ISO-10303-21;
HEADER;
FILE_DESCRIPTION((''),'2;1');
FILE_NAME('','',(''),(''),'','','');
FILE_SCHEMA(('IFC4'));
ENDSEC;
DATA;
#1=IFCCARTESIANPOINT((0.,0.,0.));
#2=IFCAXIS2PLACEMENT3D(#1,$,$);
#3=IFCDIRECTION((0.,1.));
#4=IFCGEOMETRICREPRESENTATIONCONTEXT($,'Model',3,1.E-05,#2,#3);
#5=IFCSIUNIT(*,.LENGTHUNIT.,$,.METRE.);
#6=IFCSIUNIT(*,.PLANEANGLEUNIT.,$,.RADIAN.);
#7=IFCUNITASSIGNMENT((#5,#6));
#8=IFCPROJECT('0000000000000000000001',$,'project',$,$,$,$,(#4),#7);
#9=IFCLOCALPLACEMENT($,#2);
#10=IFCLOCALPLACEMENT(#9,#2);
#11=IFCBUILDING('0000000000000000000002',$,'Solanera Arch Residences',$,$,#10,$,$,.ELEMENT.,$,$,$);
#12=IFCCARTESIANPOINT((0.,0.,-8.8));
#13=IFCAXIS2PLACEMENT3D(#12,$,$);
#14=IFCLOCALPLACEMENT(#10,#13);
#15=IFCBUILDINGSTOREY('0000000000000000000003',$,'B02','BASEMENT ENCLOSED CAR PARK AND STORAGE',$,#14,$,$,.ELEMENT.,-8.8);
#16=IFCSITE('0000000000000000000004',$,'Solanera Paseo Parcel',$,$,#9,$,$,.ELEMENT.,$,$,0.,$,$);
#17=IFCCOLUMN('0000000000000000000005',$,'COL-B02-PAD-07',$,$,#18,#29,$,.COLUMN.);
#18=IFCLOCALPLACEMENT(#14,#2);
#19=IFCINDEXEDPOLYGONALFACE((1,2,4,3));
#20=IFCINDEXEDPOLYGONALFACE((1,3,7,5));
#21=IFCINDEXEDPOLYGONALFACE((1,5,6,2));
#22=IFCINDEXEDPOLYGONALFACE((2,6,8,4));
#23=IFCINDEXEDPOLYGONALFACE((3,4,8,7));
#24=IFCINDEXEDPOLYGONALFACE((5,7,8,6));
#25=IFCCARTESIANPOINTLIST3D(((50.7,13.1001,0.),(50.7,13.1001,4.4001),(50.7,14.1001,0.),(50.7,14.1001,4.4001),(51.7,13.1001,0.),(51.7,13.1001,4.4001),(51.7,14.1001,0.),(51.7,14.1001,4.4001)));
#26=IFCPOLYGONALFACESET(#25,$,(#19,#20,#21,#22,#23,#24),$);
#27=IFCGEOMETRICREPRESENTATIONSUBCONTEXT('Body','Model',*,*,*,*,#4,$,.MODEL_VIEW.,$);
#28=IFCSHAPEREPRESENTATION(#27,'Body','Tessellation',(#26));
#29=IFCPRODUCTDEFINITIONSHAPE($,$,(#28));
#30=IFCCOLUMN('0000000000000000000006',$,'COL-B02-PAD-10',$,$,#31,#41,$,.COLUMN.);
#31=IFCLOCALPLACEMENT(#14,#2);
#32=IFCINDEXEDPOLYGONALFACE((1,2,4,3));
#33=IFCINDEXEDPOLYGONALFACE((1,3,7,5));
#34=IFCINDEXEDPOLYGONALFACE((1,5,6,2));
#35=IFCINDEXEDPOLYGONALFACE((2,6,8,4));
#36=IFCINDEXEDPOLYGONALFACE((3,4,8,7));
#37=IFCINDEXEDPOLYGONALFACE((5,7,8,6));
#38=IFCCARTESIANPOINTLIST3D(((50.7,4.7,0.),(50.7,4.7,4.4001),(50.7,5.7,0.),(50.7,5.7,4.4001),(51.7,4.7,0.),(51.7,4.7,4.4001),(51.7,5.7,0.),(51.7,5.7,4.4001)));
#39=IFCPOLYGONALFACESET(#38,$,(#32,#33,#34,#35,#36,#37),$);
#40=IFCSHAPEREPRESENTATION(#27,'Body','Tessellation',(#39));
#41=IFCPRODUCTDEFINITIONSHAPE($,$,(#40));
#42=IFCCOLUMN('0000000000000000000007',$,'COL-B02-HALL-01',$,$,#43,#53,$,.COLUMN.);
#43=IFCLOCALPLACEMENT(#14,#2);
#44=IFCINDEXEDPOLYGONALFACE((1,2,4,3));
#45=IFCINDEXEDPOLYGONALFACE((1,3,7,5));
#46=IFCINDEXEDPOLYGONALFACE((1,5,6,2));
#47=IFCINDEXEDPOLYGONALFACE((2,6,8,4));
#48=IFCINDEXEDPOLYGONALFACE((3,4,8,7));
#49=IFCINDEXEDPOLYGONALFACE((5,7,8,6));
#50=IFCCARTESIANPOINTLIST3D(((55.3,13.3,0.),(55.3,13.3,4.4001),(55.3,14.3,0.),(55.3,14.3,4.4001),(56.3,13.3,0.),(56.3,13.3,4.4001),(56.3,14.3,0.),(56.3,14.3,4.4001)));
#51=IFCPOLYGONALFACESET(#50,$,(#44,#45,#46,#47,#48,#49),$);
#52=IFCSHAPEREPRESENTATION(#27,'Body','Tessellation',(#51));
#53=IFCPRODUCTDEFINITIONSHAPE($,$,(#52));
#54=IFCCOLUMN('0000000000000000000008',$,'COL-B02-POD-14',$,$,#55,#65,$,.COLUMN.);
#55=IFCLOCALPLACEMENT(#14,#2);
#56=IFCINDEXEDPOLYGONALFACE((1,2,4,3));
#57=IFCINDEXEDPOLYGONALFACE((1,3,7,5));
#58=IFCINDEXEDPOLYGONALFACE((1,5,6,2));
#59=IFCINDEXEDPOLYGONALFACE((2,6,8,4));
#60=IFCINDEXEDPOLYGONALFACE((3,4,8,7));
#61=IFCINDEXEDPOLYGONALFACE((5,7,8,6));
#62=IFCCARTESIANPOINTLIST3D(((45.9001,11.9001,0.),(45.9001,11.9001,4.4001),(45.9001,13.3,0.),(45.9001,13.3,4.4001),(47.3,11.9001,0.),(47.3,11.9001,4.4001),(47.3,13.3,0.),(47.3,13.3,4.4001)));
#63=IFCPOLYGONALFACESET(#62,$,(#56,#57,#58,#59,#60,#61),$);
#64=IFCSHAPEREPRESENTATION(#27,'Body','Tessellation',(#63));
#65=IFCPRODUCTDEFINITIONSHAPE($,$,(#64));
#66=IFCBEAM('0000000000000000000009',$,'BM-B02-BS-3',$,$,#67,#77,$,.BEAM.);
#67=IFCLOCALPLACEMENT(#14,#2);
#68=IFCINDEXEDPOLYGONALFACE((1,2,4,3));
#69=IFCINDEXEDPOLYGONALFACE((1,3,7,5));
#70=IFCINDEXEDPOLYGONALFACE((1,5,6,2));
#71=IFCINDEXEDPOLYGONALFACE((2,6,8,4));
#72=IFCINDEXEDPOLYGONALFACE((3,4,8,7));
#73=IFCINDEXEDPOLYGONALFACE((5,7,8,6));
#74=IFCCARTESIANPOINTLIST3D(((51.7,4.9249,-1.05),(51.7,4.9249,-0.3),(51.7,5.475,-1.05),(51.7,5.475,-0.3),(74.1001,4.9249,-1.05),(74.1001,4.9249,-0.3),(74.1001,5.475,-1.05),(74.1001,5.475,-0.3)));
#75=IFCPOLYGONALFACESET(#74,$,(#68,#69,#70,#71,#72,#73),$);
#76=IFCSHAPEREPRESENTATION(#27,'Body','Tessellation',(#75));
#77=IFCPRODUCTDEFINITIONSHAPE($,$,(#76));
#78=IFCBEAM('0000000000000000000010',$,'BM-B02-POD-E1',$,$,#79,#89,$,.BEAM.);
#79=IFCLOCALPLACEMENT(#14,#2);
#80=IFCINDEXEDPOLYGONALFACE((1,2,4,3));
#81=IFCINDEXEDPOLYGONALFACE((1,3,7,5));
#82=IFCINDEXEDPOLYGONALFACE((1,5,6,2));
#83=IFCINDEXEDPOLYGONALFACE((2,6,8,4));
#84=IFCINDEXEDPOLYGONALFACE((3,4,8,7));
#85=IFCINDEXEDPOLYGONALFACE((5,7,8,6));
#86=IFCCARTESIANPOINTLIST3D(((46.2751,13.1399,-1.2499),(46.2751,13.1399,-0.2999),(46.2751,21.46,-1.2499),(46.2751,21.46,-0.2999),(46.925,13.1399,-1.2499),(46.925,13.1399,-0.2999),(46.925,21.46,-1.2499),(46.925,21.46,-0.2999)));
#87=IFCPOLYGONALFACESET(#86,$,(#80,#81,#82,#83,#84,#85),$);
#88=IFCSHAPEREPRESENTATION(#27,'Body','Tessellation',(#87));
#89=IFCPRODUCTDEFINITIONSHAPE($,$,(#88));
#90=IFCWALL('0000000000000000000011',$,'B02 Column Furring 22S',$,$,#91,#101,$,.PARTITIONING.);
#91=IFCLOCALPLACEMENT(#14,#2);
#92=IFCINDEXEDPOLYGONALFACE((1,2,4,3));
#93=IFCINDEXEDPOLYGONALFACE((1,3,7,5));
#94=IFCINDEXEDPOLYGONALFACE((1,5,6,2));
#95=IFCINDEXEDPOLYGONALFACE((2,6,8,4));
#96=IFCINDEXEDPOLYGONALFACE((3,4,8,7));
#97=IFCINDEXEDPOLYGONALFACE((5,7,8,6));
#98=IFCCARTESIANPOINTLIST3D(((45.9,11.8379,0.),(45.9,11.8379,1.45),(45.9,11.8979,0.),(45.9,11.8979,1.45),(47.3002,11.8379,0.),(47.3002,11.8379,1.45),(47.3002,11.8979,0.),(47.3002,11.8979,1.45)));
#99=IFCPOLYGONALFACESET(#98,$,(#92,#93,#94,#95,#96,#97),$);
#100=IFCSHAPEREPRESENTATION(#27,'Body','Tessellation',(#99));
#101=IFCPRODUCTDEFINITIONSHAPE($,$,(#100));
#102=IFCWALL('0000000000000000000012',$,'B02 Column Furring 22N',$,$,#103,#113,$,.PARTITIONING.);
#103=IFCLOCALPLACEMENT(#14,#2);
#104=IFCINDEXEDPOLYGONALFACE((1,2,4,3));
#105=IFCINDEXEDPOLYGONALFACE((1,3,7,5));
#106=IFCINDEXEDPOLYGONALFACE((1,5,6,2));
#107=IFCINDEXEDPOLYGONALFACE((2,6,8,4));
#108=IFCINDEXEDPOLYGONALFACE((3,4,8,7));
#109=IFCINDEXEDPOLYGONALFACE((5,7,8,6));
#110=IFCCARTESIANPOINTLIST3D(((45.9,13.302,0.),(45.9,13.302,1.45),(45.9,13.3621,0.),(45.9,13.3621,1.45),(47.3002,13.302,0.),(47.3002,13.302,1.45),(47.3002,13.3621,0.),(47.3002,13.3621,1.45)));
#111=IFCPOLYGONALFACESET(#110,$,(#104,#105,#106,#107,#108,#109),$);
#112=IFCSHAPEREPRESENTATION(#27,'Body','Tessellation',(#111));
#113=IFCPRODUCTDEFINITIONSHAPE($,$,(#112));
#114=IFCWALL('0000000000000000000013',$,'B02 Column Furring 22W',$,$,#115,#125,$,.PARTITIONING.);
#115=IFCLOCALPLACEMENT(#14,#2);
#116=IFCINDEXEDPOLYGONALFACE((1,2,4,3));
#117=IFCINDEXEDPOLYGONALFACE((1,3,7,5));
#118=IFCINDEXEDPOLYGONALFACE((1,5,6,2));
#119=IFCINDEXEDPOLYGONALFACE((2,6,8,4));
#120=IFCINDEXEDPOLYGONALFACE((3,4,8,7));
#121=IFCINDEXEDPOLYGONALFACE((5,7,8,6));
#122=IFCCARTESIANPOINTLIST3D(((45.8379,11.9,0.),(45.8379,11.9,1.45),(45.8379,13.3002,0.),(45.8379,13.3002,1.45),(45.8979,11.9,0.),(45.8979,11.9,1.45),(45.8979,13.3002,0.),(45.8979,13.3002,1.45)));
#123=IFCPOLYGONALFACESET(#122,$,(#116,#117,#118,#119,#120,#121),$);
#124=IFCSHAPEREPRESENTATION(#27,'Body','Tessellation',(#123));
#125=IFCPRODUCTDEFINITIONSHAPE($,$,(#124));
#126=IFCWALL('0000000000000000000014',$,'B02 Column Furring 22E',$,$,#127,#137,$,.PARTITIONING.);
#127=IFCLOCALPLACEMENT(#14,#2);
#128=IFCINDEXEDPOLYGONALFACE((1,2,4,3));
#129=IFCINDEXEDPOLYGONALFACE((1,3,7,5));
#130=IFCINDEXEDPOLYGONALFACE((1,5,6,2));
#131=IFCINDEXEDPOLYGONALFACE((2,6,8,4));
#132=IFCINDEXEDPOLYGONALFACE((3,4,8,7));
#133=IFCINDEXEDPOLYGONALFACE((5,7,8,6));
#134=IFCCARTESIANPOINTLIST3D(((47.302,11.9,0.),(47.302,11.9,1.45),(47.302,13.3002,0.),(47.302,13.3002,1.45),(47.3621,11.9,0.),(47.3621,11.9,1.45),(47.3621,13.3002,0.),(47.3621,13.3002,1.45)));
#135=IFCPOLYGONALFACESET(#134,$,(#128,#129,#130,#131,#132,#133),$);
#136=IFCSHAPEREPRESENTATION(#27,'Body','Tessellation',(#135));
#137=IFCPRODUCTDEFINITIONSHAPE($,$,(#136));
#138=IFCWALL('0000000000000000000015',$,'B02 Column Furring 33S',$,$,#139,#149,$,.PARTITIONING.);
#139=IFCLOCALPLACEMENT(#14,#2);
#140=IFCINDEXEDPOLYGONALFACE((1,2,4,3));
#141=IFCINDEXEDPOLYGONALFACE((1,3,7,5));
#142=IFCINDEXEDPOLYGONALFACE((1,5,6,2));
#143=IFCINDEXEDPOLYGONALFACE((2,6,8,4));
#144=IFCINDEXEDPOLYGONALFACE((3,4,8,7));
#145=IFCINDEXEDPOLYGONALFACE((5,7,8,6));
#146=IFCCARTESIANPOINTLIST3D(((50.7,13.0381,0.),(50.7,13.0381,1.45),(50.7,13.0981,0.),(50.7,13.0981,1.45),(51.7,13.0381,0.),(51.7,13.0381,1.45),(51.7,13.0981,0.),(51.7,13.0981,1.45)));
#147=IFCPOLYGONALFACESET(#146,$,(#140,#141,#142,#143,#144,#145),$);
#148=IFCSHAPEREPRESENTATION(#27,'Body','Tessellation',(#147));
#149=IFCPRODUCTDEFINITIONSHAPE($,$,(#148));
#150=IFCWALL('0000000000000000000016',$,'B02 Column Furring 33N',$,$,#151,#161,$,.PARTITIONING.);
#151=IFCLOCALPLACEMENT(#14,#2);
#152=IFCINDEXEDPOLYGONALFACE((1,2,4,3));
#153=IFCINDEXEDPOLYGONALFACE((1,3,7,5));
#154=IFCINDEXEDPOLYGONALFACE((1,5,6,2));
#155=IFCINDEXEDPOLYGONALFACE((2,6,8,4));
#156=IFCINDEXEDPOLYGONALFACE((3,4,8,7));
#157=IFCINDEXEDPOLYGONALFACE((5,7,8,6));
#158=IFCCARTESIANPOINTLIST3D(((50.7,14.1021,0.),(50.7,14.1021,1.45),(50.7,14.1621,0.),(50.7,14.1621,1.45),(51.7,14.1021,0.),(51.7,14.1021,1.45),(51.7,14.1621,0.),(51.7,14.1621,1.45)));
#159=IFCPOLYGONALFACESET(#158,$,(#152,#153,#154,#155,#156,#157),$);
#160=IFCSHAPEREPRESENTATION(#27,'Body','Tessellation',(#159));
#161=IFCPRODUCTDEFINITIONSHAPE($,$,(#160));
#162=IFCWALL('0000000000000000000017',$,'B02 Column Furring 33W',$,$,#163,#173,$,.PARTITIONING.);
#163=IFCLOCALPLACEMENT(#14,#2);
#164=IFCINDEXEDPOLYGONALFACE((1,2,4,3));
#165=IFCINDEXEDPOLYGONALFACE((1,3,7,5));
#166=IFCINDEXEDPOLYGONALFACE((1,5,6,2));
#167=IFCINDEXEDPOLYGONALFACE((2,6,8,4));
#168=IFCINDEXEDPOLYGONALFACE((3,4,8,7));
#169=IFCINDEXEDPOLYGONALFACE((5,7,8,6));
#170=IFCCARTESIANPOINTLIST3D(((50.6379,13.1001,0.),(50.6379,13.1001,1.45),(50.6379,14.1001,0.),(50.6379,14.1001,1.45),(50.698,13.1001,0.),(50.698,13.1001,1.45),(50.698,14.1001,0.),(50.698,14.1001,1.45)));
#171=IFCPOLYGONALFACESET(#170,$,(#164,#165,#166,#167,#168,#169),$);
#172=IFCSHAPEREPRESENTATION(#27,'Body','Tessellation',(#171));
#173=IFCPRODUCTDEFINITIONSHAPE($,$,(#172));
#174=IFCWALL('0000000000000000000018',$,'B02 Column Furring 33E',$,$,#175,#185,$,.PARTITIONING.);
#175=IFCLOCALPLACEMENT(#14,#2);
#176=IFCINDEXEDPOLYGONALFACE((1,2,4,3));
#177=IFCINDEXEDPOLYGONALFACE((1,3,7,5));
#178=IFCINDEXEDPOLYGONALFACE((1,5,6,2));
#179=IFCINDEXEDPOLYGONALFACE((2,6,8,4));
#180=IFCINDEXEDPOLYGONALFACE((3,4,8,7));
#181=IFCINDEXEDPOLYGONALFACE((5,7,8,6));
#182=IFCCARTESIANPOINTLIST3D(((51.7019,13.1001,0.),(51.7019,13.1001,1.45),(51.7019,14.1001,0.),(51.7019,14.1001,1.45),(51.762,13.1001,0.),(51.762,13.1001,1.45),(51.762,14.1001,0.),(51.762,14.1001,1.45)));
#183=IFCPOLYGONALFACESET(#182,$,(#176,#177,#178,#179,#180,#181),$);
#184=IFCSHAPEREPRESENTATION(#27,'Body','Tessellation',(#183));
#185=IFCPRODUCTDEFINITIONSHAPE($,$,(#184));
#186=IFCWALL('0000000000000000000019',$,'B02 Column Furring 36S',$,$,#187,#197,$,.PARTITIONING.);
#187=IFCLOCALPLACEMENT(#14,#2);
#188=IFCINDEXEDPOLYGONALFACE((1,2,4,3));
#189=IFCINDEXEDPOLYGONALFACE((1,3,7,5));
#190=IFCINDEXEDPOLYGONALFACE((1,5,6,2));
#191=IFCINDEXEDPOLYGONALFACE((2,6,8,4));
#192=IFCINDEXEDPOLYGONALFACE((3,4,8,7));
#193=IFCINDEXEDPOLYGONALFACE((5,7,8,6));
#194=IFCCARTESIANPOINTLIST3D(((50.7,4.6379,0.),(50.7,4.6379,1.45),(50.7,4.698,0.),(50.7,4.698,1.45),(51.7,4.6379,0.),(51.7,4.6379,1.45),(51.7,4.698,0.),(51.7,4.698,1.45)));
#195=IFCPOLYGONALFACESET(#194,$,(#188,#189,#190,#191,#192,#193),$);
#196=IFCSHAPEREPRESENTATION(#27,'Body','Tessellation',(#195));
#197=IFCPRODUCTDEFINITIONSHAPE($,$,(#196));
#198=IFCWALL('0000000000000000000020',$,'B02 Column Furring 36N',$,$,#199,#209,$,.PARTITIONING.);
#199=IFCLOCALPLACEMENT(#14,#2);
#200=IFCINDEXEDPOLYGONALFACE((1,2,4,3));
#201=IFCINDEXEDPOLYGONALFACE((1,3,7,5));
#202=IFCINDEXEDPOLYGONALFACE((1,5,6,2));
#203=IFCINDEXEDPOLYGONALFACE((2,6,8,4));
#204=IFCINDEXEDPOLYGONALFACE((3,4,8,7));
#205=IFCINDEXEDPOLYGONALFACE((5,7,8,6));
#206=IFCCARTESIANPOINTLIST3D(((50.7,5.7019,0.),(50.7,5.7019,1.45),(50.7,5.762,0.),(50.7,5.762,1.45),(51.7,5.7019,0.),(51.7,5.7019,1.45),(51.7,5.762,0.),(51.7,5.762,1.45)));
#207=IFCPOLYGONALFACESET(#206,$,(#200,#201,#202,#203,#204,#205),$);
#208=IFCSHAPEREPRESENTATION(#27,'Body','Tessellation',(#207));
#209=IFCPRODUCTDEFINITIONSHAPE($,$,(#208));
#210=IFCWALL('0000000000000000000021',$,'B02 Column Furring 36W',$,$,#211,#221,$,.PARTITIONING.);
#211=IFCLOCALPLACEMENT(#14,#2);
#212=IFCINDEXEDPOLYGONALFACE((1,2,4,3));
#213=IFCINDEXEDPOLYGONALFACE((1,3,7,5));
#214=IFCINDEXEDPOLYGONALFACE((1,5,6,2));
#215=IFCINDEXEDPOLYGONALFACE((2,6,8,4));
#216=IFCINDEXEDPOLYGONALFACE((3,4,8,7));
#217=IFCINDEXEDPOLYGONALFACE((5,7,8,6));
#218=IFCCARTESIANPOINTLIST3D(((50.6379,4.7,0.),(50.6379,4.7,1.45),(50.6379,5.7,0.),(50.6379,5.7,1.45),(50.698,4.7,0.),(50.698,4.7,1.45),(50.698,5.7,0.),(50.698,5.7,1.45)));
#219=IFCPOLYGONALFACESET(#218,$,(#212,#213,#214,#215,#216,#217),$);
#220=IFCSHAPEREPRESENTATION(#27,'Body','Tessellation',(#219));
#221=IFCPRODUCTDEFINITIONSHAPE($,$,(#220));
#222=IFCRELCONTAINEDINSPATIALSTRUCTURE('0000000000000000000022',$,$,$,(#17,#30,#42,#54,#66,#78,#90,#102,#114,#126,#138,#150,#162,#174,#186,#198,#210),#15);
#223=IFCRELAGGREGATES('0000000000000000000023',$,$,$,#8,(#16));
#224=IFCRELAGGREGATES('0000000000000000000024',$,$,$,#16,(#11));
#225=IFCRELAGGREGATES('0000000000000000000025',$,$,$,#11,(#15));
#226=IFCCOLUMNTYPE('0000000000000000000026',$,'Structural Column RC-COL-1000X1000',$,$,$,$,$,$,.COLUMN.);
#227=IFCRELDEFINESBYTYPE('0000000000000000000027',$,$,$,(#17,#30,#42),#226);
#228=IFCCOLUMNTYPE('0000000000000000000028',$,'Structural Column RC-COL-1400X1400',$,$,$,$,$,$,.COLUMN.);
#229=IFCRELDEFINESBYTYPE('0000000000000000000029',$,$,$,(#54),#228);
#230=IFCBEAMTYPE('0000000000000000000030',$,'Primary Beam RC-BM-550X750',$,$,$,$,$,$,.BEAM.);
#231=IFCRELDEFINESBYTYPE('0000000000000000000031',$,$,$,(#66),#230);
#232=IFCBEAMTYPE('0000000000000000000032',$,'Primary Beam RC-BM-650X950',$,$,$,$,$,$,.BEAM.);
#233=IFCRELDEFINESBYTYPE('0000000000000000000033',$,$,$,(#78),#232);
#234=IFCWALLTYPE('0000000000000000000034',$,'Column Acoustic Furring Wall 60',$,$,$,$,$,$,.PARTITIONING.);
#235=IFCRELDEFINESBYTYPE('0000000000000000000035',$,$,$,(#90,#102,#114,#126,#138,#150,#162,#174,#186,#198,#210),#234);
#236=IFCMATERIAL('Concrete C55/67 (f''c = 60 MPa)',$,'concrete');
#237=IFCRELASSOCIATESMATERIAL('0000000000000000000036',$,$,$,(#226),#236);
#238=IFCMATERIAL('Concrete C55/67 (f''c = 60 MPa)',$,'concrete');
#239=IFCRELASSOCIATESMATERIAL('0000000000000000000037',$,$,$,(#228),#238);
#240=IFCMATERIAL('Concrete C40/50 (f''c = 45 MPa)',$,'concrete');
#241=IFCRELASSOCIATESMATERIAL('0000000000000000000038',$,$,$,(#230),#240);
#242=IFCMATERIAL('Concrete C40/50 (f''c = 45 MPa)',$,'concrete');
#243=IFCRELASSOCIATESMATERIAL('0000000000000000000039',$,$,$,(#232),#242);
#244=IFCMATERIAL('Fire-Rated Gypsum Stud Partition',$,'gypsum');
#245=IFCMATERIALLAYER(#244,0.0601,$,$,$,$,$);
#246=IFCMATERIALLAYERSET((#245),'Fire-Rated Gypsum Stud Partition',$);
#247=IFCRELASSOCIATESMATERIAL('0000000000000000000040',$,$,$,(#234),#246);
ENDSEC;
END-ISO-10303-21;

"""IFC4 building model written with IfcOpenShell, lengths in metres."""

from ifc_helpers import new_model, si_unit, direction, frame, frame_2d, origin, origin_2d, place, context, subcontext, project, spatial, rectangle, extrude, material, layer, layer_set, material_profile, profile_set, type_object, element, save


model = new_model("IFC4")

# Units and contexts
model_context = context("Model", 3, precision=1e-05, world=origin(), true_north=direction((0.0, 1.0)))
body_context = subcontext(model_context, "Body", "Model", "MODEL_VIEW")
ifc_project = project(units=[si_unit("LENGTHUNIT", "METRE"), si_unit("PLANEANGLEUNIT", "RADIAN")], contexts=[model_context])

# Site, building, storey
site_placement = place(None, origin())
site = spatial("IfcSite", under=ifc_project, at=site_placement, Name="Solanera Paseo Parcel", CompositionType="ELEMENT", RefElevation=0.0)
building_placement = place(site_placement, origin())
building = spatial("IfcBuilding", under=site, at=building_placement, Name="Solanera Arch Residences", CompositionType="ELEMENT")
storey_placement = place(building_placement, frame((0.0, 0.0, -8.8)))
storey = spatial("IfcBuildingStorey", under=building, at=storey_placement, Name="B02", Description="BASEMENT ENCLOSED CAR PARK AND STORAGE", CompositionType="ELEMENT", Elevation=-8.8)

# Columns
ifc_material_1 = material(Name="Concrete C55/67 (f'c = 60 MPa)", Category="concrete")
ifc_material_profile_1 = material_profile(ifc_material_1, rectangle(XDim=1.0, YDim=1.0, at=origin_2d()))
ifc_profile_set_1 = profile_set([ifc_material_profile_1], Name="Concrete C55/67 (f'c = 60 MPa)")
column_type_1 = type_object("IfcColumnType", Name="Structural Column RC-COL-1000X1000", PredefinedType="COLUMN", material=ifc_profile_set_1)
for number, where, z_axis, x_axis, name in (
    (1, (51.2, 13.6001, 0.0), (0.0, 0.0, 1.0), (1.0, 0.0, 0.0), "COL-B02-PAD-07"),
    (2, (51.2, 5.2, 0.0), (0.0, 0.0, 1.0), (1.0, 0.0, 0.0), "COL-B02-PAD-10"),
    (3, (55.8, 13.8, 0.0), (0.0, 0.0, 1.0), (1.0, 0.0, 0.0), "COL-B02-HALL-01"),
):
    element("IfcColumn", number, at=place(storey_placement, frame(where, z_axis=z_axis, x_axis=x_axis)), inside=storey, type_object=column_type_1, Name=name, PredefinedType="COLUMN", context=body_context, shape_type="SweptSolid", body=[
        extrude(rectangle(XDim=1.0, YDim=1.0, at=origin_2d()), origin(), (0.0, 0.0, 1.0), 4.4001),
    ])
ifc_material_2 = material(Name="Concrete C55/67 (f'c = 60 MPa)", Category="concrete")
ifc_material_profile_2 = material_profile(ifc_material_2, rectangle(XDim=1.3999, YDim=1.3999, at=origin_2d()))
ifc_profile_set_2 = profile_set([ifc_material_profile_2], Name="Concrete C55/67 (f'c = 60 MPa)")
column_type_2 = type_object("IfcColumnType", Name="Structural Column RC-COL-1400X1400", PredefinedType="COLUMN", material=ifc_profile_set_2)
column_placement = place(storey_placement, frame((46.6001, 12.6001, 0.0), z_axis=(0.0, 0.0, 1.0), x_axis=(1.0, 0.0, 0.0)))
element("IfcColumn", 4, at=column_placement, inside=storey, type_object=column_type_2, Name="COL-B02-POD-14", PredefinedType="COLUMN", context=body_context, shape_type="SweptSolid", body=[
    extrude(rectangle(XDim=1.3999, YDim=1.3999, at=origin_2d()), origin(), (0.0, 0.0, 1.0), 4.4001),
])

# Beams
ifc_material_3 = material(Name="Concrete C40/50 (f'c = 45 MPa)", Category="concrete")
ifc_material_profile_3 = material_profile(ifc_material_3, rectangle(XDim=0.55, YDim=0.75, at=origin_2d()))
ifc_profile_set_3 = profile_set([ifc_material_profile_3], Name="Concrete C40/50 (f'c = 45 MPa)")
beam_type_1 = type_object("IfcBeamType", Name="Primary Beam RC-BM-550X750", PredefinedType="BEAM", material=ifc_profile_set_3)
beam_1_placement = place(storey_placement, frame((51.7, 5.2, -0.675), z_axis=(1.0, 0.0, 0.0), x_axis=(0.0, 1.0, 0.0)))
element("IfcBeam", 5, at=beam_1_placement, inside=storey, type_object=beam_type_1, Name="BM-B02-BS-3", PredefinedType="BEAM", context=body_context, shape_type="SweptSolid", body=[
    extrude(rectangle(XDim=0.55, YDim=0.75, at=origin_2d()), origin(), (0.0, 0.0, 1.0), 22.4001),
])
ifc_material_4 = material(Name="Concrete C40/50 (f'c = 45 MPa)", Category="concrete")
ifc_material_profile_4 = material_profile(ifc_material_4, rectangle(XDim=0.6499, YDim=0.95, at=origin_2d()))
ifc_profile_set_4 = profile_set([ifc_material_profile_4], Name="Concrete C40/50 (f'c = 45 MPa)")
beam_type_2 = type_object("IfcBeamType", Name="Primary Beam RC-BM-650X950", PredefinedType="BEAM", material=ifc_profile_set_4)
beam_2_placement = place(storey_placement, frame((46.6001, 13.1399, -0.7749), z_axis=(0.0, 1.0, 0.0), x_axis=(-1.0, 0.0, 0.0)))
element("IfcBeam", 6, at=beam_2_placement, inside=storey, type_object=beam_type_2, Name="BM-B02-POD-E1", PredefinedType="BEAM", context=body_context, shape_type="SweptSolid", body=[
    extrude(rectangle(XDim=0.6499, YDim=0.95, at=origin_2d()), origin(), (0.0, 0.0, 1.0), 8.3201),
])

# Walls
ifc_material_5 = material(Name="Fire-Rated Gypsum Stud Partition", Category="gypsum")
ifc_layer_1 = layer(ifc_material_5, 0.0601)
ifc_layer_set_1 = layer_set([ifc_layer_1], Name="Fire-Rated Gypsum Stud Partition")
wall_type_1 = type_object("IfcWallType", Name="Column Acoustic Furring Wall 60", PredefinedType="PARTITIONING", material=ifc_layer_set_1)
for number, where, z_axis, x_axis, name in (
    (7, (45.8999, 11.8679, 0.0), (0.0, 0.0, 1.0), (1.0, 0.0, 0.0), "B02 Column Furring 22S"),
    (8, (45.8999, 13.332, 0.0), (0.0, 0.0, 1.0), (1.0, 0.0, 0.0), "B02 Column Furring 22N"),
    (9, (45.8679, 11.8999, 0.0), (0.0, 0.0, 1.0), (0.0, 1.0, 0.0), "B02 Column Furring 22W"),
    (10, (47.332, 11.8999, 0.0), (0.0, 0.0, 1.0), (0.0, 1.0, 0.0), "B02 Column Furring 22E"),
):
    element("IfcWall", number, at=place(storey_placement, frame(where, z_axis=z_axis, x_axis=x_axis)), inside=storey, type_object=wall_type_1, Name=name, PredefinedType="PARTITIONING", context=body_context, shape_type="SweptSolid", body=[
        extrude(rectangle(XDim=1.4001, YDim=0.0601, at=frame_2d((0.7002, 0.0))), origin(), (0.0, 0.0, 1.0), 1.45),
    ])
for number, where, z_axis, x_axis, name in (
    (11, (50.7, 13.0681, 0.0), (0.0, 0.0, 1.0), (1.0, 0.0, 0.0), "B02 Column Furring 33S"),
    (12, (50.7, 14.1321, 0.0), (0.0, 0.0, 1.0), (1.0, 0.0, 0.0), "B02 Column Furring 33N"),
    (13, (50.668, 13.1001, 0.0), (0.0, 0.0, 1.0), (0.0, 1.0, 0.0), "B02 Column Furring 33W"),
    (14, (51.7319, 13.1001, 0.0), (0.0, 0.0, 1.0), (0.0, 1.0, 0.0), "B02 Column Furring 33E"),
    (15, (50.7, 4.668, 0.0), (0.0, 0.0, 1.0), (1.0, 0.0, 0.0), "B02 Column Furring 36S"),
    (16, (50.7, 5.7319, 0.0), (0.0, 0.0, 1.0), (1.0, 0.0, 0.0), "B02 Column Furring 36N"),
    (17, (50.668, 4.7, 0.0), (0.0, 0.0, 1.0), (0.0, 1.0, 0.0), "B02 Column Furring 36W"),
):
    element("IfcWall", number, at=place(storey_placement, frame(where, z_axis=z_axis, x_axis=x_axis)), inside=storey, type_object=wall_type_1, Name=name, PredefinedType="PARTITIONING", context=body_context, shape_type="SweptSolid", body=[
        extrude(rectangle(XDim=1.0, YDim=0.0601, at=frame_2d((0.5, 0.0))), origin(), (0.0, 0.0, 1.0), 1.45),
    ])

save(model, "model.ifc")
